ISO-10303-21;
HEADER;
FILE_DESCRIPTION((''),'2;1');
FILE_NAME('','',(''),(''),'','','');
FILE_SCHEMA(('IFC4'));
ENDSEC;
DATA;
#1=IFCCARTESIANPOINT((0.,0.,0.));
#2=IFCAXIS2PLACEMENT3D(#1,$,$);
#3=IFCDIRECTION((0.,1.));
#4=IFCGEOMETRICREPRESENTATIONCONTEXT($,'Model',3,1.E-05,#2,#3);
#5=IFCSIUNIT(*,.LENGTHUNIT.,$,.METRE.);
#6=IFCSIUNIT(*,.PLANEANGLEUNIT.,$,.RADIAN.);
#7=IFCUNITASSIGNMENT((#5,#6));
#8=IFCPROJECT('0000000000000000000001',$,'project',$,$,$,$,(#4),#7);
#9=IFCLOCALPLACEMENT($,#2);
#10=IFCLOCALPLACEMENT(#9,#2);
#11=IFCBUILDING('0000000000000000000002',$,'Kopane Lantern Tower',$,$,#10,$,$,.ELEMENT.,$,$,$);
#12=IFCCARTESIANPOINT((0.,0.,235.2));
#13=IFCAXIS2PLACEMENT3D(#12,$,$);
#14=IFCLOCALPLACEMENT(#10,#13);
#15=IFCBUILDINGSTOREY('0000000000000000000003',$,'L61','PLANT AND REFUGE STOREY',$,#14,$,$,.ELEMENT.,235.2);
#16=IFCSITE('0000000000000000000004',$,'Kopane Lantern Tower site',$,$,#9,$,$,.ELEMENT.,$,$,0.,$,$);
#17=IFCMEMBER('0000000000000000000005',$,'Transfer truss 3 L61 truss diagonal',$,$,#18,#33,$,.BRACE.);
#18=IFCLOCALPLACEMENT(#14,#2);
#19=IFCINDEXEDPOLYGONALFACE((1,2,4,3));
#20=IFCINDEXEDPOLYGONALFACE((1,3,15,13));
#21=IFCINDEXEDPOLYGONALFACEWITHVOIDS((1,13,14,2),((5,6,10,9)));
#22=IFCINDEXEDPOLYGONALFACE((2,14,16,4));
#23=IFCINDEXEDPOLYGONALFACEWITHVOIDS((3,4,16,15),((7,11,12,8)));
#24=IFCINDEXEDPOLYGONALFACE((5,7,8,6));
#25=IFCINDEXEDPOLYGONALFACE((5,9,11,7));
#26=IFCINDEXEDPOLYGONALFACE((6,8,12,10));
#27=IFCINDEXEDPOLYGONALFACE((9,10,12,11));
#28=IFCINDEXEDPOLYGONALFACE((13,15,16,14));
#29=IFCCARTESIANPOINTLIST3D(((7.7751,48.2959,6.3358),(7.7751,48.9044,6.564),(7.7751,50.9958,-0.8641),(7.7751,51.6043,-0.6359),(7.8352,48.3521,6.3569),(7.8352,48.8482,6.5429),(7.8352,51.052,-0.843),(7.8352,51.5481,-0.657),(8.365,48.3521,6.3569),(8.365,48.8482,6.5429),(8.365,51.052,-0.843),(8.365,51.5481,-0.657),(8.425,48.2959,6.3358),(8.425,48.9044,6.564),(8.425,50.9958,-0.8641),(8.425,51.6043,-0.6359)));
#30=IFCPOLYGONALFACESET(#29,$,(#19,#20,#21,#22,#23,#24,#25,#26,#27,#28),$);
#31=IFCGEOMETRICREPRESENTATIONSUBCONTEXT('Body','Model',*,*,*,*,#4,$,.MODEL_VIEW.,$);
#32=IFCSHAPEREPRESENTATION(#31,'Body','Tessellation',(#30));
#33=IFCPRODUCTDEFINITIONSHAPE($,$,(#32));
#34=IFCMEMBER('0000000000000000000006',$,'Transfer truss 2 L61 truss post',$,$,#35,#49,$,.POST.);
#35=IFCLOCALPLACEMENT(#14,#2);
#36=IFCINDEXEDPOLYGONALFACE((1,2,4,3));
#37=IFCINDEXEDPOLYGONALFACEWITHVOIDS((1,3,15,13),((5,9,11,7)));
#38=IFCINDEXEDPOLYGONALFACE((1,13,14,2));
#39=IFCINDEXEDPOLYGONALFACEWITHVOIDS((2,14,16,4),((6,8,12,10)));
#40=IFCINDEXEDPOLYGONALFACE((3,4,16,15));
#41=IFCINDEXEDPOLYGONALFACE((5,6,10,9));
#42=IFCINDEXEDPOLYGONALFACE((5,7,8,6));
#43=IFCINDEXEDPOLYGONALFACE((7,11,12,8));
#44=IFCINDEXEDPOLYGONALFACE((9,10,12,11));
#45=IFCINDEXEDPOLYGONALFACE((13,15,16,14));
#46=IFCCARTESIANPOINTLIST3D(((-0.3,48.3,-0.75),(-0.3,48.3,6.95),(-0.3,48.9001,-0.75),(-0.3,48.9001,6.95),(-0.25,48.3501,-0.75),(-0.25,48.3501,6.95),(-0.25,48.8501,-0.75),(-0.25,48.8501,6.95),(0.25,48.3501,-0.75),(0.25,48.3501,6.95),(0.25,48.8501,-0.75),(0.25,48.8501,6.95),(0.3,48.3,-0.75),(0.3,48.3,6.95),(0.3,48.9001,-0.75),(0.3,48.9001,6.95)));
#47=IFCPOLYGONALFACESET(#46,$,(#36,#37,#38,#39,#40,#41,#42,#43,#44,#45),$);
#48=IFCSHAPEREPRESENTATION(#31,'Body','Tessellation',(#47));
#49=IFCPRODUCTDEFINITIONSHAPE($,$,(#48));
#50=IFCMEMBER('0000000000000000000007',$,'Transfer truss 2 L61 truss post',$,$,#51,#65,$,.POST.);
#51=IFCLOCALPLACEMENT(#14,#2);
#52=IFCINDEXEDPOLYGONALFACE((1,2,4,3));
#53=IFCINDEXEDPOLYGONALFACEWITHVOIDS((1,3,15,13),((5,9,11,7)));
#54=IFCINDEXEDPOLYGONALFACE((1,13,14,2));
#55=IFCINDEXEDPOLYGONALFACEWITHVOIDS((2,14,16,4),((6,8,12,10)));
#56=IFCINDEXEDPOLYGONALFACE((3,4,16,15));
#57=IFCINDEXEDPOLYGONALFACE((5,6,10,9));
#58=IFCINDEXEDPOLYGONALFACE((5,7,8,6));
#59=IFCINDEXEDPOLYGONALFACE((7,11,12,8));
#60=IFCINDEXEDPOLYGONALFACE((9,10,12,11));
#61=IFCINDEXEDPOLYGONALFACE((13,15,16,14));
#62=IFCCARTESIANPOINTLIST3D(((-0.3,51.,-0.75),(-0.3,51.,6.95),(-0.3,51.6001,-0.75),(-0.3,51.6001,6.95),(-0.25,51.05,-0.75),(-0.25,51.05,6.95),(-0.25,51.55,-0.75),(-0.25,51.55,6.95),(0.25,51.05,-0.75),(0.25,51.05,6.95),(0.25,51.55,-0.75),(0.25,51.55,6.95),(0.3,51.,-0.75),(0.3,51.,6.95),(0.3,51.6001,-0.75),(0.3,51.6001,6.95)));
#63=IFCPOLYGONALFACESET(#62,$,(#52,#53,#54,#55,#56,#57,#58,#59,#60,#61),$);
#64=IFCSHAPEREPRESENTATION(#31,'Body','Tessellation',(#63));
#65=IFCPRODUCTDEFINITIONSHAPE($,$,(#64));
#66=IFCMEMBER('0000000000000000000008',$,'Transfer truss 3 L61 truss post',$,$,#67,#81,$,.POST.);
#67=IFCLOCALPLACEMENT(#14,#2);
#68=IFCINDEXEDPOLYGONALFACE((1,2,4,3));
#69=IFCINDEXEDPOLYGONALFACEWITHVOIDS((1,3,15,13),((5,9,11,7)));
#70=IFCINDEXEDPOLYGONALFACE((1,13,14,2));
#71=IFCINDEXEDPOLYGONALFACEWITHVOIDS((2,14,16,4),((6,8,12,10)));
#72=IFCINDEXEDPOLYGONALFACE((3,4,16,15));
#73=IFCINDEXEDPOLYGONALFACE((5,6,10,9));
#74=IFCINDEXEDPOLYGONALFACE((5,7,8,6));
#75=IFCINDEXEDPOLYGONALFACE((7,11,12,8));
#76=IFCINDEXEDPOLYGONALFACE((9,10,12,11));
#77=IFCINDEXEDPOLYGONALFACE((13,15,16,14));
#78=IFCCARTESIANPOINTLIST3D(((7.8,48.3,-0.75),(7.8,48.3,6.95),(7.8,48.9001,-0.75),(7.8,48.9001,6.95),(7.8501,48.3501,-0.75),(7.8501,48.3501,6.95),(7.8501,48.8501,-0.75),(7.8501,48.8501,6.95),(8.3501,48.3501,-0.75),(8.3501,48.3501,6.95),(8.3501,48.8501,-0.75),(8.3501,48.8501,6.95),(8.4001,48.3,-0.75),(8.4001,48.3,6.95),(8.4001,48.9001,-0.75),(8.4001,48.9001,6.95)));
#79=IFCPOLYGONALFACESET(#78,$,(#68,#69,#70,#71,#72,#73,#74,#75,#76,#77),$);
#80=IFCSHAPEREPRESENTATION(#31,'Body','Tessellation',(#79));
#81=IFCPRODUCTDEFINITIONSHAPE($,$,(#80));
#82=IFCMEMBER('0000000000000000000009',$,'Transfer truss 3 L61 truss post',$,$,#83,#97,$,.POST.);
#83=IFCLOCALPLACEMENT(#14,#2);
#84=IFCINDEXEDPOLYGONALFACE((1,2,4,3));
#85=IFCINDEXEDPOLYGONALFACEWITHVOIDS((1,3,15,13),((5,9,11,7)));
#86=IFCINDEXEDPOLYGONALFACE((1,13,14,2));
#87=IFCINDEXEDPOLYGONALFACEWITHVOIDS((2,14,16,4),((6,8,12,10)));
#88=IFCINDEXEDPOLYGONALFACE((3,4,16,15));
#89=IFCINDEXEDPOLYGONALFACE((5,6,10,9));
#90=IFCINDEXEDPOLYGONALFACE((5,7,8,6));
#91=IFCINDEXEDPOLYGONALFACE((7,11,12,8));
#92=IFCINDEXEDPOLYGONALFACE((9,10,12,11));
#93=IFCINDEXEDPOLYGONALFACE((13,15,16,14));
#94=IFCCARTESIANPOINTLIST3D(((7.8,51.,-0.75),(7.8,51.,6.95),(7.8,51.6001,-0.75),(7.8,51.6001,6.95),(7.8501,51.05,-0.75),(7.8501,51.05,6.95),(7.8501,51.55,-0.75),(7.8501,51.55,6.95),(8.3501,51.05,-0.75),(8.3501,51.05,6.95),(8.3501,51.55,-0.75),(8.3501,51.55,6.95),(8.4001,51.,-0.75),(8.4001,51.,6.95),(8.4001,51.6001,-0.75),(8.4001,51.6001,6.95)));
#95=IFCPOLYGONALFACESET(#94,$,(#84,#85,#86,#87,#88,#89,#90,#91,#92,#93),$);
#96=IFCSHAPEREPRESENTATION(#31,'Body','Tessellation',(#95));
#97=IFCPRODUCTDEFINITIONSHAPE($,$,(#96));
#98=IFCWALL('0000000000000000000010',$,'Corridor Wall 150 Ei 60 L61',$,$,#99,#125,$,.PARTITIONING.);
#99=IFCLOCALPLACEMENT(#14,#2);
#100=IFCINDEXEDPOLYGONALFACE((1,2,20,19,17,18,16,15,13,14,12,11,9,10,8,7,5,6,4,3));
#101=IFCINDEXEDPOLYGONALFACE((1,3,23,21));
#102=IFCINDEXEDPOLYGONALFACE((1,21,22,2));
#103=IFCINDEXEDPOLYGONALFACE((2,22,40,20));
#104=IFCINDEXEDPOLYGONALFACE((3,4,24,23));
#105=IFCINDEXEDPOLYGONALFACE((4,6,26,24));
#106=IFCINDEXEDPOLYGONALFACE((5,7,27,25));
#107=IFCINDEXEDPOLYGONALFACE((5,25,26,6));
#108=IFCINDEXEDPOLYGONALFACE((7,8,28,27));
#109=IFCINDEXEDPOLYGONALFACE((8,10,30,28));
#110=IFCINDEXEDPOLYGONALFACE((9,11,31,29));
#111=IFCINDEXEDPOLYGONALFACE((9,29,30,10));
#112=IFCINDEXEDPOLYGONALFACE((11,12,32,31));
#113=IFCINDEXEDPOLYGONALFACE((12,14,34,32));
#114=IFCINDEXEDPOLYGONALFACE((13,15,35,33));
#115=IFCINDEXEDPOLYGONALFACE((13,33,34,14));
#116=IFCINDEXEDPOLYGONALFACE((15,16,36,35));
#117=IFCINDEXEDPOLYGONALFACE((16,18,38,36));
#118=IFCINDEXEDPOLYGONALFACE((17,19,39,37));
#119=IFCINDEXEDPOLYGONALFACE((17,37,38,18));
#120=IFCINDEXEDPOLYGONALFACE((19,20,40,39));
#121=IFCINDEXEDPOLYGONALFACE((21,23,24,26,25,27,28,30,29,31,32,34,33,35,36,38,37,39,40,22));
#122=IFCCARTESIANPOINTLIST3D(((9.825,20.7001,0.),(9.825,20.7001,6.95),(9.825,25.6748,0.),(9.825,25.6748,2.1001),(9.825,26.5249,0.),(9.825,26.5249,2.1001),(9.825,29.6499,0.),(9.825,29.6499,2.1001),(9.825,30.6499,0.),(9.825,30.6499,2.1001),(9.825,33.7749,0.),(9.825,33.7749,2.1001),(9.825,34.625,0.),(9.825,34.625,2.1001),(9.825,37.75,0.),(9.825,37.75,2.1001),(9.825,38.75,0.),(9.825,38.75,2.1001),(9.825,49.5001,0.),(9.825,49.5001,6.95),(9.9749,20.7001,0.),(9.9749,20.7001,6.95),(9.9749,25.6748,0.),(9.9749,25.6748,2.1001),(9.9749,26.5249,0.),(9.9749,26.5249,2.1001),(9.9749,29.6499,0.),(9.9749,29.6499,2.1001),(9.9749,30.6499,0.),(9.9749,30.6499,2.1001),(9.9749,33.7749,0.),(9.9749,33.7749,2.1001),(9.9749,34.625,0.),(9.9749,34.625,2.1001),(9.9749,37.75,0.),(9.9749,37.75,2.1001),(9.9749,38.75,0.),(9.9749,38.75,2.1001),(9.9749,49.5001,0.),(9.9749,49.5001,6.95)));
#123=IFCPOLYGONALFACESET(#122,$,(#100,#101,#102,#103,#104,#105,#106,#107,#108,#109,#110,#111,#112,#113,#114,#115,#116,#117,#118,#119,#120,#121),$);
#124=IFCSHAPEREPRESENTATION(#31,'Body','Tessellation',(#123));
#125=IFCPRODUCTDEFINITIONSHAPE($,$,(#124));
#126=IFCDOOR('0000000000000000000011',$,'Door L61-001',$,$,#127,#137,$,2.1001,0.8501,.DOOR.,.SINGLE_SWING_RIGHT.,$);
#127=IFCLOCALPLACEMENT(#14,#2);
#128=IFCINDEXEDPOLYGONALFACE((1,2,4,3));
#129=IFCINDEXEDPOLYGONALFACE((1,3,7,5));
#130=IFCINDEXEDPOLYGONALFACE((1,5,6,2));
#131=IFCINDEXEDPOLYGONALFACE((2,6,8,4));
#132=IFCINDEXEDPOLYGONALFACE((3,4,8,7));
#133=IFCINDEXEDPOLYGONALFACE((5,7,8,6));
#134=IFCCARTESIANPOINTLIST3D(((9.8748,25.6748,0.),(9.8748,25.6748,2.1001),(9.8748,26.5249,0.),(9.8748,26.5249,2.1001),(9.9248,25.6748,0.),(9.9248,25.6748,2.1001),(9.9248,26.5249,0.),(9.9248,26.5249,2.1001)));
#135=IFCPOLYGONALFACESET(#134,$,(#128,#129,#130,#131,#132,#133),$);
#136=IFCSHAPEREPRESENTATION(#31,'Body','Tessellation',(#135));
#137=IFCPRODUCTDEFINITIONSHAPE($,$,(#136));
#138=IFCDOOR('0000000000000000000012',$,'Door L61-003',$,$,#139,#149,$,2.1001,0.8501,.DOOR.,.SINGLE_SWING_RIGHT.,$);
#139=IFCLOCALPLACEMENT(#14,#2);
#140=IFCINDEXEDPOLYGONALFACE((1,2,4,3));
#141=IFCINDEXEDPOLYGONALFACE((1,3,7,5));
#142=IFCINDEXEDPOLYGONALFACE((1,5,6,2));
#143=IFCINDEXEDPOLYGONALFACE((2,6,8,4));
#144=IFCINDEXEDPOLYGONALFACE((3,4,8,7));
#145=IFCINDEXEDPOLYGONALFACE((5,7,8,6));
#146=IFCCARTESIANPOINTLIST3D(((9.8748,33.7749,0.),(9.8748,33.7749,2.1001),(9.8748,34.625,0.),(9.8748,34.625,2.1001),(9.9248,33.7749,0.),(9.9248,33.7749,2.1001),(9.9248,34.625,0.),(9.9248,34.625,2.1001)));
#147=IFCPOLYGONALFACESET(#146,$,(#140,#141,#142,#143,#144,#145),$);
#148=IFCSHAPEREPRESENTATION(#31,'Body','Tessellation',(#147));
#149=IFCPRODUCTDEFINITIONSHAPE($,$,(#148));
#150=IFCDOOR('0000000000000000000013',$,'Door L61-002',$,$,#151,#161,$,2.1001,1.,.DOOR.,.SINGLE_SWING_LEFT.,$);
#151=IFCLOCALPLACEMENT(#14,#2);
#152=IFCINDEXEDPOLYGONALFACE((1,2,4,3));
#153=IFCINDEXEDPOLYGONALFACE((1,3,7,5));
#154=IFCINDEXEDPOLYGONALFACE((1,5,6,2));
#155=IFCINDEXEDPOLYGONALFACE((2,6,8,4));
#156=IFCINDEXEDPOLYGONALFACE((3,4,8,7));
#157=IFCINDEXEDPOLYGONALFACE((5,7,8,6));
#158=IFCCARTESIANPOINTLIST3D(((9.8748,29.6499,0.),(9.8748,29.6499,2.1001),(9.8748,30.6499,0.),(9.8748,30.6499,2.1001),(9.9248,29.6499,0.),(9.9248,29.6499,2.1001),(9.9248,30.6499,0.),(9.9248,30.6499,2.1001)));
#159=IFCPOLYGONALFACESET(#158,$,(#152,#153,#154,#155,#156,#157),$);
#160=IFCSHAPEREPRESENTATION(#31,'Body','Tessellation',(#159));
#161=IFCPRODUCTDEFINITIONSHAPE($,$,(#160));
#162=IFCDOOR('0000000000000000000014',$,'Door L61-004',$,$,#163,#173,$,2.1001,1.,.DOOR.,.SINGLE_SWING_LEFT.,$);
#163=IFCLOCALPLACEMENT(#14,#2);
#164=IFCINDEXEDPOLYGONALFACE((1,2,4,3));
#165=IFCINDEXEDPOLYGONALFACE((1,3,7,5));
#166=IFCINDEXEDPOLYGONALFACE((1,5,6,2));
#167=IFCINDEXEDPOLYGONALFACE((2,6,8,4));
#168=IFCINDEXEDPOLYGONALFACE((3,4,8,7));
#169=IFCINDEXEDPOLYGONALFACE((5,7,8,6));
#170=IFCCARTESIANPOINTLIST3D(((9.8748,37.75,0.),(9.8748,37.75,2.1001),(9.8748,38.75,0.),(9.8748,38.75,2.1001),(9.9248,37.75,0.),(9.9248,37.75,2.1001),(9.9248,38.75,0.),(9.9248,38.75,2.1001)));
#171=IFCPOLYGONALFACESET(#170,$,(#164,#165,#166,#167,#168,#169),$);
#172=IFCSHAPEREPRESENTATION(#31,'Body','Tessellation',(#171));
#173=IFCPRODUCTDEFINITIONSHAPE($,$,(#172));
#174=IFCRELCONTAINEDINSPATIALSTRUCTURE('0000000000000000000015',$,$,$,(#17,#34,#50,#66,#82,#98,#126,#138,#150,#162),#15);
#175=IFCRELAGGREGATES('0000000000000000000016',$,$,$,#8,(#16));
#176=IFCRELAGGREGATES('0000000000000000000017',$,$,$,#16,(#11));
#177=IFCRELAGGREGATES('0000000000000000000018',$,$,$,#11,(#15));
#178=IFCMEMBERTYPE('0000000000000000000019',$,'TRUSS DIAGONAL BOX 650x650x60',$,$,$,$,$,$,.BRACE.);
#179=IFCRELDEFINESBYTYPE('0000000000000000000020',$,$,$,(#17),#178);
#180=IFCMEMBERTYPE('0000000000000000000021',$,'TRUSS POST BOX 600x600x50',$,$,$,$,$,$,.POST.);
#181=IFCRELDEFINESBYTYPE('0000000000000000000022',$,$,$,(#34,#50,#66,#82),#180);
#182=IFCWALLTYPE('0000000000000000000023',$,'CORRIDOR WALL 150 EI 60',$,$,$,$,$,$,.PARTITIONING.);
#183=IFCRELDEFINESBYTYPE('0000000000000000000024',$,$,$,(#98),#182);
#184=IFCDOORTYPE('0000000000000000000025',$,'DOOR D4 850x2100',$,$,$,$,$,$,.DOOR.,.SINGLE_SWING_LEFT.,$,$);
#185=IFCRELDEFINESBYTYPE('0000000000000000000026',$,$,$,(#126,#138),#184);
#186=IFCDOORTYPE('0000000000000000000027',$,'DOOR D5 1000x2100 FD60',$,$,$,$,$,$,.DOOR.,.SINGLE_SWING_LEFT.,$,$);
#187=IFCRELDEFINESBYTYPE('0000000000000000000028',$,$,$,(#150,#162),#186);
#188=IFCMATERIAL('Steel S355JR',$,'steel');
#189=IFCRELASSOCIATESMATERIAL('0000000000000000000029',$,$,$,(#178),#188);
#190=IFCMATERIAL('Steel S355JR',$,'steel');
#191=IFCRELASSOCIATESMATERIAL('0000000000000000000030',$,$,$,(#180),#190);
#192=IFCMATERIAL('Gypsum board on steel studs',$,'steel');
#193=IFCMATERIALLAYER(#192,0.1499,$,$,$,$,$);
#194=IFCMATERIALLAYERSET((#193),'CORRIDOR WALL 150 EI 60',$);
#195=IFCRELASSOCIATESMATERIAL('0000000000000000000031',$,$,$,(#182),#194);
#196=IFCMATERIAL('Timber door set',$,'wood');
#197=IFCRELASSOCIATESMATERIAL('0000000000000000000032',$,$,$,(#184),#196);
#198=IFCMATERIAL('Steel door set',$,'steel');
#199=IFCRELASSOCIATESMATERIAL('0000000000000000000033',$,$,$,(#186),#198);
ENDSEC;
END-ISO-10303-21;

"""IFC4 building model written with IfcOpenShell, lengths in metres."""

from ifc_helpers import new_model, si_unit, direction, frame, frame_2d, origin, origin_2d, place, context, subcontext, project, spatial, rectangle, hollow_rectangle, extrude, material, layer, layer_set, material_profile, profile_set, type_object, element, fill, save


model = new_model("IFC4")

# Units and contexts
model_context = context("Model", 3, precision=1e-05, world=origin(), true_north=direction((0.0, 1.0)))
body_context = subcontext(model_context, "Body", "Model", "MODEL_VIEW")
ifc_project = project(units=[si_unit("LENGTHUNIT", "METRE"), si_unit("PLANEANGLEUNIT", "RADIAN")], contexts=[model_context])

# Site, building, storey
site_placement = place(None, origin())
site = spatial("IfcSite", under=ifc_project, at=site_placement, Name="Kopane Lantern Tower site", CompositionType="ELEMENT", RefElevation=0.0)
building_placement = place(site_placement, origin())
building = spatial("IfcBuilding", under=site, at=building_placement, Name="Kopane Lantern Tower", CompositionType="ELEMENT")
storey_placement = place(building_placement, frame((0.0, 0.0, 235.2)))
storey = spatial("IfcBuildingStorey", under=building, at=storey_placement, Name="L61", Description="PLANT AND REFUGE STOREY", CompositionType="ELEMENT", Elevation=235.2)

# Members
ifc_material_1 = material(Name="Steel S355JR", Category="steel")
ifc_material_profile_1 = material_profile(ifc_material_1, hollow_rectangle(XDim=0.6499, YDim=0.6499, WallThickness=0.0601, at=origin_2d()), Name="BOX 650x650x60")
ifc_profile_set_1 = profile_set([ifc_material_profile_1], Name="Steel S355JR")
member_type_1 = type_object("IfcMemberType", Name="TRUSS DIAGONAL BOX 650x650x60", PredefinedType="BRACE", material=ifc_profile_set_1)
member_1_placement = place(storey_placement, frame((8.1001, 51.3, -0.75), z_axis=(0.0, -0.35112, 0.93633), x_axis=(1.0, 0.0, 0.0)))
element("IfcMember", 1, at=member_1_placement, inside=storey, type_object=member_type_1, Name="Transfer truss 3 L61 truss diagonal", PredefinedType="BRACE", context=body_context, shape_type="SweptSolid", body=[
    extrude(hollow_rectangle(XDim=0.6499, YDim=0.6499, WallThickness=0.0601, at=origin_2d()), origin(), (0.0, 0.0, 1.0), 7.6895),
])
ifc_material_2 = material(Name="Steel S355JR", Category="steel")
ifc_material_profile_2 = material_profile(ifc_material_2, hollow_rectangle(XDim=0.6001, YDim=0.6001, WallThickness=0.05, at=origin_2d()), Name="BOX 600x600x50")
ifc_profile_set_2 = profile_set([ifc_material_profile_2], Name="Steel S355JR")
member_type_2 = type_object("IfcMemberType", Name="TRUSS POST BOX 600x600x50", PredefinedType="POST", material=ifc_profile_set_2)
for number, where, z_axis, x_axis, name in (
    (2, (0.0, 48.6001, -0.75), (0.0, 0.0, 1.0), (1.0, 0.0, 0.0), "Transfer truss 2 L61 truss post"),
    (3, (0.0, 51.3, -0.75), (0.0, 0.0, 1.0), (1.0, 0.0, 0.0), "Transfer truss 2 L61 truss post"),
    (4, (8.1001, 48.6001, -0.75), (0.0, 0.0, 1.0), (1.0, 0.0, 0.0), "Transfer truss 3 L61 truss post"),
    (5, (8.1001, 51.3, -0.75), (0.0, 0.0, 1.0), (1.0, 0.0, 0.0), "Transfer truss 3 L61 truss post"),
):
    element("IfcMember", number, at=place(storey_placement, frame(where, z_axis=z_axis, x_axis=x_axis)), inside=storey, type_object=member_type_2, Name=name, PredefinedType="POST", context=body_context, shape_type="SweptSolid", body=[
        extrude(hollow_rectangle(XDim=0.6001, YDim=0.6001, WallThickness=0.05, at=origin_2d()), origin(), (0.0, 0.0, 1.0), 7.7),
    ])

# Wall, openings, doors
ifc_material_3 = material(Name="Gypsum board on steel studs", Category="steel")
ifc_layer_1 = layer(ifc_material_3, 0.1499)
ifc_layer_set_1 = layer_set([ifc_layer_1], Name="CORRIDOR WALL 150 EI 60")
wall_type_1 = type_object("IfcWallType", Name="CORRIDOR WALL 150 EI 60", PredefinedType="PARTITIONING", material=ifc_layer_set_1)
wall_1_placement = place(storey_placement, frame((9.8999, 49.5, 0.0), z_axis=(0.0, 0.0, 1.0), x_axis=(0.0, -1.0, 0.0)))
wall_1 = element("IfcWall", 6, at=wall_1_placement, inside=storey, type_object=wall_type_1, Name="Corridor Wall 150 Ei 60 L61", PredefinedType="PARTITIONING", context=body_context, shape_type="SweptSolid", body=[
    extrude(rectangle(XDim=28.8, YDim=0.1499, at=frame_2d((14.3999, 0.0))), origin(), (0.0, 0.0, 1.0), 6.95),
])
opening_1_placement = place(wall_1_placement, frame((22.9751, 0.0, 0.0)))
opening_1 = element("IfcOpeningElement", 7, at=opening_1_placement, cuts=wall_1, PredefinedType="OPENING", context=body_context, shape_type="SweptSolid", body=[
    extrude(rectangle(XDim=0.8501, YDim=2.1001, at=frame_2d((0.425, 1.05))), frame((0.0, 0.085, 0.0), z_axis=(0.0, -1.0, 0.0), x_axis=(1.0, 0.0, 0.0)), (0.0, 0.0, 1.0), 0.1699),
])
opening_2_placement = place(wall_1_placement, frame((18.8501, 0.0, 0.0)))
opening_2 = element("IfcOpeningElement", 8, at=opening_2_placement, cuts=wall_1, PredefinedType="OPENING", context=body_context, shape_type="SweptSolid", body=[
    extrude(rectangle(XDim=1.0, YDim=2.1001, at=frame_2d((0.5, 1.05))), frame((0.0, 0.085, 0.0), z_axis=(0.0, -1.0, 0.0), x_axis=(1.0, 0.0, 0.0)), (0.0, 0.0, 1.0), 0.1699),
])
opening_3_placement = place(wall_1_placement, frame((14.875, 0.0, 0.0)))
opening_3 = element("IfcOpeningElement", 9, at=opening_3_placement, cuts=wall_1, PredefinedType="OPENING", context=body_context, shape_type="SweptSolid", body=[
    extrude(rectangle(XDim=0.8501, YDim=2.1001, at=frame_2d((0.425, 1.05))), frame((0.0, 0.085, 0.0), z_axis=(0.0, -1.0, 0.0), x_axis=(1.0, 0.0, 0.0)), (0.0, 0.0, 1.0), 0.1699),
])
opening_4_placement = place(wall_1_placement, frame((10.75, 0.0, 0.0)))
opening_4 = element("IfcOpeningElement", 10, at=opening_4_placement, cuts=wall_1, PredefinedType="OPENING", context=body_context, shape_type="SweptSolid", body=[
    extrude(rectangle(XDim=1.0, YDim=2.1001, at=frame_2d((0.5, 1.05))), frame((0.0, 0.085, 0.0), z_axis=(0.0, -1.0, 0.0), x_axis=(1.0, 0.0, 0.0)), (0.0, 0.0, 1.0), 0.1699),
])
ifc_material_4 = material(Name="Timber door set", Category="wood")
door_type_1 = type_object("IfcDoorType", Name="DOOR D4 850x2100", OperationType="SINGLE_SWING_LEFT", PredefinedType="DOOR", material=ifc_material_4)
door_1_placement = place(opening_1_placement, origin())
door_1 = element("IfcDoor", 11, at=door_1_placement, inside=storey, type_object=door_type_1, Name="Door L61-001", OperationType="SINGLE_SWING_RIGHT", OverallHeight=2.1001, OverallWidth=0.8501, PredefinedType="DOOR", context=body_context, shape_type="SweptSolid", body=[
    extrude(rectangle(XDim=0.8501, YDim=2.1001, at=frame_2d((0.425, 1.05))), frame((0.0, 0.0249, 0.0), z_axis=(0.0, -1.0, 0.0), x_axis=(1.0, 0.0, 0.0)), (0.0, 0.0, 1.0), 0.05),
])
fill(opening_1, door_1)
door_2_placement = place(opening_3_placement, origin())
door_2 = element("IfcDoor", 12, at=door_2_placement, inside=storey, type_object=door_type_1, Name="Door L61-003", OperationType="SINGLE_SWING_RIGHT", OverallHeight=2.1001, OverallWidth=0.8501, PredefinedType="DOOR", context=body_context, shape_type="SweptSolid", body=[
    extrude(rectangle(XDim=0.8501, YDim=2.1001, at=frame_2d((0.425, 1.05))), frame((0.0, 0.0249, 0.0), z_axis=(0.0, -1.0, 0.0), x_axis=(1.0, 0.0, 0.0)), (0.0, 0.0, 1.0), 0.05),
])
fill(opening_3, door_2)
ifc_material_5 = material(Name="Steel door set", Category="steel")
door_type_2 = type_object("IfcDoorType", Name="DOOR D5 1000x2100 FD60", OperationType="SINGLE_SWING_LEFT", PredefinedType="DOOR", material=ifc_material_5)
door_3_placement = place(opening_2_placement, origin())
door_3 = element("IfcDoor", 13, at=door_3_placement, inside=storey, type_object=door_type_2, Name="Door L61-002", OperationType="SINGLE_SWING_LEFT", OverallHeight=2.1001, OverallWidth=1.0, PredefinedType="DOOR", context=body_context, shape_type="SweptSolid", body=[
    extrude(rectangle(XDim=1.0, YDim=2.1001, at=frame_2d((0.5, 1.05))), frame((0.0, 0.0249, 0.0), z_axis=(0.0, -1.0, 0.0), x_axis=(1.0, 0.0, 0.0)), (0.0, 0.0, 1.0), 0.05),
])
fill(opening_2, door_3)
door_4_placement = place(opening_4_placement, origin())
door_4 = element("IfcDoor", 14, at=door_4_placement, inside=storey, type_object=door_type_2, Name="Door L61-004", OperationType="SINGLE_SWING_LEFT", OverallHeight=2.1001, OverallWidth=1.0, PredefinedType="DOOR", context=body_context, shape_type="SweptSolid", body=[
    extrude(rectangle(XDim=1.0, YDim=2.1001, at=frame_2d((0.5, 1.05))), frame((0.0, 0.0249, 0.0), z_axis=(0.0, -1.0, 0.0), x_axis=(1.0, 0.0, 0.0)), (0.0, 0.0, 1.0), 0.05),
])
fill(opening_4, door_4)

save(model, "model.ifc")
